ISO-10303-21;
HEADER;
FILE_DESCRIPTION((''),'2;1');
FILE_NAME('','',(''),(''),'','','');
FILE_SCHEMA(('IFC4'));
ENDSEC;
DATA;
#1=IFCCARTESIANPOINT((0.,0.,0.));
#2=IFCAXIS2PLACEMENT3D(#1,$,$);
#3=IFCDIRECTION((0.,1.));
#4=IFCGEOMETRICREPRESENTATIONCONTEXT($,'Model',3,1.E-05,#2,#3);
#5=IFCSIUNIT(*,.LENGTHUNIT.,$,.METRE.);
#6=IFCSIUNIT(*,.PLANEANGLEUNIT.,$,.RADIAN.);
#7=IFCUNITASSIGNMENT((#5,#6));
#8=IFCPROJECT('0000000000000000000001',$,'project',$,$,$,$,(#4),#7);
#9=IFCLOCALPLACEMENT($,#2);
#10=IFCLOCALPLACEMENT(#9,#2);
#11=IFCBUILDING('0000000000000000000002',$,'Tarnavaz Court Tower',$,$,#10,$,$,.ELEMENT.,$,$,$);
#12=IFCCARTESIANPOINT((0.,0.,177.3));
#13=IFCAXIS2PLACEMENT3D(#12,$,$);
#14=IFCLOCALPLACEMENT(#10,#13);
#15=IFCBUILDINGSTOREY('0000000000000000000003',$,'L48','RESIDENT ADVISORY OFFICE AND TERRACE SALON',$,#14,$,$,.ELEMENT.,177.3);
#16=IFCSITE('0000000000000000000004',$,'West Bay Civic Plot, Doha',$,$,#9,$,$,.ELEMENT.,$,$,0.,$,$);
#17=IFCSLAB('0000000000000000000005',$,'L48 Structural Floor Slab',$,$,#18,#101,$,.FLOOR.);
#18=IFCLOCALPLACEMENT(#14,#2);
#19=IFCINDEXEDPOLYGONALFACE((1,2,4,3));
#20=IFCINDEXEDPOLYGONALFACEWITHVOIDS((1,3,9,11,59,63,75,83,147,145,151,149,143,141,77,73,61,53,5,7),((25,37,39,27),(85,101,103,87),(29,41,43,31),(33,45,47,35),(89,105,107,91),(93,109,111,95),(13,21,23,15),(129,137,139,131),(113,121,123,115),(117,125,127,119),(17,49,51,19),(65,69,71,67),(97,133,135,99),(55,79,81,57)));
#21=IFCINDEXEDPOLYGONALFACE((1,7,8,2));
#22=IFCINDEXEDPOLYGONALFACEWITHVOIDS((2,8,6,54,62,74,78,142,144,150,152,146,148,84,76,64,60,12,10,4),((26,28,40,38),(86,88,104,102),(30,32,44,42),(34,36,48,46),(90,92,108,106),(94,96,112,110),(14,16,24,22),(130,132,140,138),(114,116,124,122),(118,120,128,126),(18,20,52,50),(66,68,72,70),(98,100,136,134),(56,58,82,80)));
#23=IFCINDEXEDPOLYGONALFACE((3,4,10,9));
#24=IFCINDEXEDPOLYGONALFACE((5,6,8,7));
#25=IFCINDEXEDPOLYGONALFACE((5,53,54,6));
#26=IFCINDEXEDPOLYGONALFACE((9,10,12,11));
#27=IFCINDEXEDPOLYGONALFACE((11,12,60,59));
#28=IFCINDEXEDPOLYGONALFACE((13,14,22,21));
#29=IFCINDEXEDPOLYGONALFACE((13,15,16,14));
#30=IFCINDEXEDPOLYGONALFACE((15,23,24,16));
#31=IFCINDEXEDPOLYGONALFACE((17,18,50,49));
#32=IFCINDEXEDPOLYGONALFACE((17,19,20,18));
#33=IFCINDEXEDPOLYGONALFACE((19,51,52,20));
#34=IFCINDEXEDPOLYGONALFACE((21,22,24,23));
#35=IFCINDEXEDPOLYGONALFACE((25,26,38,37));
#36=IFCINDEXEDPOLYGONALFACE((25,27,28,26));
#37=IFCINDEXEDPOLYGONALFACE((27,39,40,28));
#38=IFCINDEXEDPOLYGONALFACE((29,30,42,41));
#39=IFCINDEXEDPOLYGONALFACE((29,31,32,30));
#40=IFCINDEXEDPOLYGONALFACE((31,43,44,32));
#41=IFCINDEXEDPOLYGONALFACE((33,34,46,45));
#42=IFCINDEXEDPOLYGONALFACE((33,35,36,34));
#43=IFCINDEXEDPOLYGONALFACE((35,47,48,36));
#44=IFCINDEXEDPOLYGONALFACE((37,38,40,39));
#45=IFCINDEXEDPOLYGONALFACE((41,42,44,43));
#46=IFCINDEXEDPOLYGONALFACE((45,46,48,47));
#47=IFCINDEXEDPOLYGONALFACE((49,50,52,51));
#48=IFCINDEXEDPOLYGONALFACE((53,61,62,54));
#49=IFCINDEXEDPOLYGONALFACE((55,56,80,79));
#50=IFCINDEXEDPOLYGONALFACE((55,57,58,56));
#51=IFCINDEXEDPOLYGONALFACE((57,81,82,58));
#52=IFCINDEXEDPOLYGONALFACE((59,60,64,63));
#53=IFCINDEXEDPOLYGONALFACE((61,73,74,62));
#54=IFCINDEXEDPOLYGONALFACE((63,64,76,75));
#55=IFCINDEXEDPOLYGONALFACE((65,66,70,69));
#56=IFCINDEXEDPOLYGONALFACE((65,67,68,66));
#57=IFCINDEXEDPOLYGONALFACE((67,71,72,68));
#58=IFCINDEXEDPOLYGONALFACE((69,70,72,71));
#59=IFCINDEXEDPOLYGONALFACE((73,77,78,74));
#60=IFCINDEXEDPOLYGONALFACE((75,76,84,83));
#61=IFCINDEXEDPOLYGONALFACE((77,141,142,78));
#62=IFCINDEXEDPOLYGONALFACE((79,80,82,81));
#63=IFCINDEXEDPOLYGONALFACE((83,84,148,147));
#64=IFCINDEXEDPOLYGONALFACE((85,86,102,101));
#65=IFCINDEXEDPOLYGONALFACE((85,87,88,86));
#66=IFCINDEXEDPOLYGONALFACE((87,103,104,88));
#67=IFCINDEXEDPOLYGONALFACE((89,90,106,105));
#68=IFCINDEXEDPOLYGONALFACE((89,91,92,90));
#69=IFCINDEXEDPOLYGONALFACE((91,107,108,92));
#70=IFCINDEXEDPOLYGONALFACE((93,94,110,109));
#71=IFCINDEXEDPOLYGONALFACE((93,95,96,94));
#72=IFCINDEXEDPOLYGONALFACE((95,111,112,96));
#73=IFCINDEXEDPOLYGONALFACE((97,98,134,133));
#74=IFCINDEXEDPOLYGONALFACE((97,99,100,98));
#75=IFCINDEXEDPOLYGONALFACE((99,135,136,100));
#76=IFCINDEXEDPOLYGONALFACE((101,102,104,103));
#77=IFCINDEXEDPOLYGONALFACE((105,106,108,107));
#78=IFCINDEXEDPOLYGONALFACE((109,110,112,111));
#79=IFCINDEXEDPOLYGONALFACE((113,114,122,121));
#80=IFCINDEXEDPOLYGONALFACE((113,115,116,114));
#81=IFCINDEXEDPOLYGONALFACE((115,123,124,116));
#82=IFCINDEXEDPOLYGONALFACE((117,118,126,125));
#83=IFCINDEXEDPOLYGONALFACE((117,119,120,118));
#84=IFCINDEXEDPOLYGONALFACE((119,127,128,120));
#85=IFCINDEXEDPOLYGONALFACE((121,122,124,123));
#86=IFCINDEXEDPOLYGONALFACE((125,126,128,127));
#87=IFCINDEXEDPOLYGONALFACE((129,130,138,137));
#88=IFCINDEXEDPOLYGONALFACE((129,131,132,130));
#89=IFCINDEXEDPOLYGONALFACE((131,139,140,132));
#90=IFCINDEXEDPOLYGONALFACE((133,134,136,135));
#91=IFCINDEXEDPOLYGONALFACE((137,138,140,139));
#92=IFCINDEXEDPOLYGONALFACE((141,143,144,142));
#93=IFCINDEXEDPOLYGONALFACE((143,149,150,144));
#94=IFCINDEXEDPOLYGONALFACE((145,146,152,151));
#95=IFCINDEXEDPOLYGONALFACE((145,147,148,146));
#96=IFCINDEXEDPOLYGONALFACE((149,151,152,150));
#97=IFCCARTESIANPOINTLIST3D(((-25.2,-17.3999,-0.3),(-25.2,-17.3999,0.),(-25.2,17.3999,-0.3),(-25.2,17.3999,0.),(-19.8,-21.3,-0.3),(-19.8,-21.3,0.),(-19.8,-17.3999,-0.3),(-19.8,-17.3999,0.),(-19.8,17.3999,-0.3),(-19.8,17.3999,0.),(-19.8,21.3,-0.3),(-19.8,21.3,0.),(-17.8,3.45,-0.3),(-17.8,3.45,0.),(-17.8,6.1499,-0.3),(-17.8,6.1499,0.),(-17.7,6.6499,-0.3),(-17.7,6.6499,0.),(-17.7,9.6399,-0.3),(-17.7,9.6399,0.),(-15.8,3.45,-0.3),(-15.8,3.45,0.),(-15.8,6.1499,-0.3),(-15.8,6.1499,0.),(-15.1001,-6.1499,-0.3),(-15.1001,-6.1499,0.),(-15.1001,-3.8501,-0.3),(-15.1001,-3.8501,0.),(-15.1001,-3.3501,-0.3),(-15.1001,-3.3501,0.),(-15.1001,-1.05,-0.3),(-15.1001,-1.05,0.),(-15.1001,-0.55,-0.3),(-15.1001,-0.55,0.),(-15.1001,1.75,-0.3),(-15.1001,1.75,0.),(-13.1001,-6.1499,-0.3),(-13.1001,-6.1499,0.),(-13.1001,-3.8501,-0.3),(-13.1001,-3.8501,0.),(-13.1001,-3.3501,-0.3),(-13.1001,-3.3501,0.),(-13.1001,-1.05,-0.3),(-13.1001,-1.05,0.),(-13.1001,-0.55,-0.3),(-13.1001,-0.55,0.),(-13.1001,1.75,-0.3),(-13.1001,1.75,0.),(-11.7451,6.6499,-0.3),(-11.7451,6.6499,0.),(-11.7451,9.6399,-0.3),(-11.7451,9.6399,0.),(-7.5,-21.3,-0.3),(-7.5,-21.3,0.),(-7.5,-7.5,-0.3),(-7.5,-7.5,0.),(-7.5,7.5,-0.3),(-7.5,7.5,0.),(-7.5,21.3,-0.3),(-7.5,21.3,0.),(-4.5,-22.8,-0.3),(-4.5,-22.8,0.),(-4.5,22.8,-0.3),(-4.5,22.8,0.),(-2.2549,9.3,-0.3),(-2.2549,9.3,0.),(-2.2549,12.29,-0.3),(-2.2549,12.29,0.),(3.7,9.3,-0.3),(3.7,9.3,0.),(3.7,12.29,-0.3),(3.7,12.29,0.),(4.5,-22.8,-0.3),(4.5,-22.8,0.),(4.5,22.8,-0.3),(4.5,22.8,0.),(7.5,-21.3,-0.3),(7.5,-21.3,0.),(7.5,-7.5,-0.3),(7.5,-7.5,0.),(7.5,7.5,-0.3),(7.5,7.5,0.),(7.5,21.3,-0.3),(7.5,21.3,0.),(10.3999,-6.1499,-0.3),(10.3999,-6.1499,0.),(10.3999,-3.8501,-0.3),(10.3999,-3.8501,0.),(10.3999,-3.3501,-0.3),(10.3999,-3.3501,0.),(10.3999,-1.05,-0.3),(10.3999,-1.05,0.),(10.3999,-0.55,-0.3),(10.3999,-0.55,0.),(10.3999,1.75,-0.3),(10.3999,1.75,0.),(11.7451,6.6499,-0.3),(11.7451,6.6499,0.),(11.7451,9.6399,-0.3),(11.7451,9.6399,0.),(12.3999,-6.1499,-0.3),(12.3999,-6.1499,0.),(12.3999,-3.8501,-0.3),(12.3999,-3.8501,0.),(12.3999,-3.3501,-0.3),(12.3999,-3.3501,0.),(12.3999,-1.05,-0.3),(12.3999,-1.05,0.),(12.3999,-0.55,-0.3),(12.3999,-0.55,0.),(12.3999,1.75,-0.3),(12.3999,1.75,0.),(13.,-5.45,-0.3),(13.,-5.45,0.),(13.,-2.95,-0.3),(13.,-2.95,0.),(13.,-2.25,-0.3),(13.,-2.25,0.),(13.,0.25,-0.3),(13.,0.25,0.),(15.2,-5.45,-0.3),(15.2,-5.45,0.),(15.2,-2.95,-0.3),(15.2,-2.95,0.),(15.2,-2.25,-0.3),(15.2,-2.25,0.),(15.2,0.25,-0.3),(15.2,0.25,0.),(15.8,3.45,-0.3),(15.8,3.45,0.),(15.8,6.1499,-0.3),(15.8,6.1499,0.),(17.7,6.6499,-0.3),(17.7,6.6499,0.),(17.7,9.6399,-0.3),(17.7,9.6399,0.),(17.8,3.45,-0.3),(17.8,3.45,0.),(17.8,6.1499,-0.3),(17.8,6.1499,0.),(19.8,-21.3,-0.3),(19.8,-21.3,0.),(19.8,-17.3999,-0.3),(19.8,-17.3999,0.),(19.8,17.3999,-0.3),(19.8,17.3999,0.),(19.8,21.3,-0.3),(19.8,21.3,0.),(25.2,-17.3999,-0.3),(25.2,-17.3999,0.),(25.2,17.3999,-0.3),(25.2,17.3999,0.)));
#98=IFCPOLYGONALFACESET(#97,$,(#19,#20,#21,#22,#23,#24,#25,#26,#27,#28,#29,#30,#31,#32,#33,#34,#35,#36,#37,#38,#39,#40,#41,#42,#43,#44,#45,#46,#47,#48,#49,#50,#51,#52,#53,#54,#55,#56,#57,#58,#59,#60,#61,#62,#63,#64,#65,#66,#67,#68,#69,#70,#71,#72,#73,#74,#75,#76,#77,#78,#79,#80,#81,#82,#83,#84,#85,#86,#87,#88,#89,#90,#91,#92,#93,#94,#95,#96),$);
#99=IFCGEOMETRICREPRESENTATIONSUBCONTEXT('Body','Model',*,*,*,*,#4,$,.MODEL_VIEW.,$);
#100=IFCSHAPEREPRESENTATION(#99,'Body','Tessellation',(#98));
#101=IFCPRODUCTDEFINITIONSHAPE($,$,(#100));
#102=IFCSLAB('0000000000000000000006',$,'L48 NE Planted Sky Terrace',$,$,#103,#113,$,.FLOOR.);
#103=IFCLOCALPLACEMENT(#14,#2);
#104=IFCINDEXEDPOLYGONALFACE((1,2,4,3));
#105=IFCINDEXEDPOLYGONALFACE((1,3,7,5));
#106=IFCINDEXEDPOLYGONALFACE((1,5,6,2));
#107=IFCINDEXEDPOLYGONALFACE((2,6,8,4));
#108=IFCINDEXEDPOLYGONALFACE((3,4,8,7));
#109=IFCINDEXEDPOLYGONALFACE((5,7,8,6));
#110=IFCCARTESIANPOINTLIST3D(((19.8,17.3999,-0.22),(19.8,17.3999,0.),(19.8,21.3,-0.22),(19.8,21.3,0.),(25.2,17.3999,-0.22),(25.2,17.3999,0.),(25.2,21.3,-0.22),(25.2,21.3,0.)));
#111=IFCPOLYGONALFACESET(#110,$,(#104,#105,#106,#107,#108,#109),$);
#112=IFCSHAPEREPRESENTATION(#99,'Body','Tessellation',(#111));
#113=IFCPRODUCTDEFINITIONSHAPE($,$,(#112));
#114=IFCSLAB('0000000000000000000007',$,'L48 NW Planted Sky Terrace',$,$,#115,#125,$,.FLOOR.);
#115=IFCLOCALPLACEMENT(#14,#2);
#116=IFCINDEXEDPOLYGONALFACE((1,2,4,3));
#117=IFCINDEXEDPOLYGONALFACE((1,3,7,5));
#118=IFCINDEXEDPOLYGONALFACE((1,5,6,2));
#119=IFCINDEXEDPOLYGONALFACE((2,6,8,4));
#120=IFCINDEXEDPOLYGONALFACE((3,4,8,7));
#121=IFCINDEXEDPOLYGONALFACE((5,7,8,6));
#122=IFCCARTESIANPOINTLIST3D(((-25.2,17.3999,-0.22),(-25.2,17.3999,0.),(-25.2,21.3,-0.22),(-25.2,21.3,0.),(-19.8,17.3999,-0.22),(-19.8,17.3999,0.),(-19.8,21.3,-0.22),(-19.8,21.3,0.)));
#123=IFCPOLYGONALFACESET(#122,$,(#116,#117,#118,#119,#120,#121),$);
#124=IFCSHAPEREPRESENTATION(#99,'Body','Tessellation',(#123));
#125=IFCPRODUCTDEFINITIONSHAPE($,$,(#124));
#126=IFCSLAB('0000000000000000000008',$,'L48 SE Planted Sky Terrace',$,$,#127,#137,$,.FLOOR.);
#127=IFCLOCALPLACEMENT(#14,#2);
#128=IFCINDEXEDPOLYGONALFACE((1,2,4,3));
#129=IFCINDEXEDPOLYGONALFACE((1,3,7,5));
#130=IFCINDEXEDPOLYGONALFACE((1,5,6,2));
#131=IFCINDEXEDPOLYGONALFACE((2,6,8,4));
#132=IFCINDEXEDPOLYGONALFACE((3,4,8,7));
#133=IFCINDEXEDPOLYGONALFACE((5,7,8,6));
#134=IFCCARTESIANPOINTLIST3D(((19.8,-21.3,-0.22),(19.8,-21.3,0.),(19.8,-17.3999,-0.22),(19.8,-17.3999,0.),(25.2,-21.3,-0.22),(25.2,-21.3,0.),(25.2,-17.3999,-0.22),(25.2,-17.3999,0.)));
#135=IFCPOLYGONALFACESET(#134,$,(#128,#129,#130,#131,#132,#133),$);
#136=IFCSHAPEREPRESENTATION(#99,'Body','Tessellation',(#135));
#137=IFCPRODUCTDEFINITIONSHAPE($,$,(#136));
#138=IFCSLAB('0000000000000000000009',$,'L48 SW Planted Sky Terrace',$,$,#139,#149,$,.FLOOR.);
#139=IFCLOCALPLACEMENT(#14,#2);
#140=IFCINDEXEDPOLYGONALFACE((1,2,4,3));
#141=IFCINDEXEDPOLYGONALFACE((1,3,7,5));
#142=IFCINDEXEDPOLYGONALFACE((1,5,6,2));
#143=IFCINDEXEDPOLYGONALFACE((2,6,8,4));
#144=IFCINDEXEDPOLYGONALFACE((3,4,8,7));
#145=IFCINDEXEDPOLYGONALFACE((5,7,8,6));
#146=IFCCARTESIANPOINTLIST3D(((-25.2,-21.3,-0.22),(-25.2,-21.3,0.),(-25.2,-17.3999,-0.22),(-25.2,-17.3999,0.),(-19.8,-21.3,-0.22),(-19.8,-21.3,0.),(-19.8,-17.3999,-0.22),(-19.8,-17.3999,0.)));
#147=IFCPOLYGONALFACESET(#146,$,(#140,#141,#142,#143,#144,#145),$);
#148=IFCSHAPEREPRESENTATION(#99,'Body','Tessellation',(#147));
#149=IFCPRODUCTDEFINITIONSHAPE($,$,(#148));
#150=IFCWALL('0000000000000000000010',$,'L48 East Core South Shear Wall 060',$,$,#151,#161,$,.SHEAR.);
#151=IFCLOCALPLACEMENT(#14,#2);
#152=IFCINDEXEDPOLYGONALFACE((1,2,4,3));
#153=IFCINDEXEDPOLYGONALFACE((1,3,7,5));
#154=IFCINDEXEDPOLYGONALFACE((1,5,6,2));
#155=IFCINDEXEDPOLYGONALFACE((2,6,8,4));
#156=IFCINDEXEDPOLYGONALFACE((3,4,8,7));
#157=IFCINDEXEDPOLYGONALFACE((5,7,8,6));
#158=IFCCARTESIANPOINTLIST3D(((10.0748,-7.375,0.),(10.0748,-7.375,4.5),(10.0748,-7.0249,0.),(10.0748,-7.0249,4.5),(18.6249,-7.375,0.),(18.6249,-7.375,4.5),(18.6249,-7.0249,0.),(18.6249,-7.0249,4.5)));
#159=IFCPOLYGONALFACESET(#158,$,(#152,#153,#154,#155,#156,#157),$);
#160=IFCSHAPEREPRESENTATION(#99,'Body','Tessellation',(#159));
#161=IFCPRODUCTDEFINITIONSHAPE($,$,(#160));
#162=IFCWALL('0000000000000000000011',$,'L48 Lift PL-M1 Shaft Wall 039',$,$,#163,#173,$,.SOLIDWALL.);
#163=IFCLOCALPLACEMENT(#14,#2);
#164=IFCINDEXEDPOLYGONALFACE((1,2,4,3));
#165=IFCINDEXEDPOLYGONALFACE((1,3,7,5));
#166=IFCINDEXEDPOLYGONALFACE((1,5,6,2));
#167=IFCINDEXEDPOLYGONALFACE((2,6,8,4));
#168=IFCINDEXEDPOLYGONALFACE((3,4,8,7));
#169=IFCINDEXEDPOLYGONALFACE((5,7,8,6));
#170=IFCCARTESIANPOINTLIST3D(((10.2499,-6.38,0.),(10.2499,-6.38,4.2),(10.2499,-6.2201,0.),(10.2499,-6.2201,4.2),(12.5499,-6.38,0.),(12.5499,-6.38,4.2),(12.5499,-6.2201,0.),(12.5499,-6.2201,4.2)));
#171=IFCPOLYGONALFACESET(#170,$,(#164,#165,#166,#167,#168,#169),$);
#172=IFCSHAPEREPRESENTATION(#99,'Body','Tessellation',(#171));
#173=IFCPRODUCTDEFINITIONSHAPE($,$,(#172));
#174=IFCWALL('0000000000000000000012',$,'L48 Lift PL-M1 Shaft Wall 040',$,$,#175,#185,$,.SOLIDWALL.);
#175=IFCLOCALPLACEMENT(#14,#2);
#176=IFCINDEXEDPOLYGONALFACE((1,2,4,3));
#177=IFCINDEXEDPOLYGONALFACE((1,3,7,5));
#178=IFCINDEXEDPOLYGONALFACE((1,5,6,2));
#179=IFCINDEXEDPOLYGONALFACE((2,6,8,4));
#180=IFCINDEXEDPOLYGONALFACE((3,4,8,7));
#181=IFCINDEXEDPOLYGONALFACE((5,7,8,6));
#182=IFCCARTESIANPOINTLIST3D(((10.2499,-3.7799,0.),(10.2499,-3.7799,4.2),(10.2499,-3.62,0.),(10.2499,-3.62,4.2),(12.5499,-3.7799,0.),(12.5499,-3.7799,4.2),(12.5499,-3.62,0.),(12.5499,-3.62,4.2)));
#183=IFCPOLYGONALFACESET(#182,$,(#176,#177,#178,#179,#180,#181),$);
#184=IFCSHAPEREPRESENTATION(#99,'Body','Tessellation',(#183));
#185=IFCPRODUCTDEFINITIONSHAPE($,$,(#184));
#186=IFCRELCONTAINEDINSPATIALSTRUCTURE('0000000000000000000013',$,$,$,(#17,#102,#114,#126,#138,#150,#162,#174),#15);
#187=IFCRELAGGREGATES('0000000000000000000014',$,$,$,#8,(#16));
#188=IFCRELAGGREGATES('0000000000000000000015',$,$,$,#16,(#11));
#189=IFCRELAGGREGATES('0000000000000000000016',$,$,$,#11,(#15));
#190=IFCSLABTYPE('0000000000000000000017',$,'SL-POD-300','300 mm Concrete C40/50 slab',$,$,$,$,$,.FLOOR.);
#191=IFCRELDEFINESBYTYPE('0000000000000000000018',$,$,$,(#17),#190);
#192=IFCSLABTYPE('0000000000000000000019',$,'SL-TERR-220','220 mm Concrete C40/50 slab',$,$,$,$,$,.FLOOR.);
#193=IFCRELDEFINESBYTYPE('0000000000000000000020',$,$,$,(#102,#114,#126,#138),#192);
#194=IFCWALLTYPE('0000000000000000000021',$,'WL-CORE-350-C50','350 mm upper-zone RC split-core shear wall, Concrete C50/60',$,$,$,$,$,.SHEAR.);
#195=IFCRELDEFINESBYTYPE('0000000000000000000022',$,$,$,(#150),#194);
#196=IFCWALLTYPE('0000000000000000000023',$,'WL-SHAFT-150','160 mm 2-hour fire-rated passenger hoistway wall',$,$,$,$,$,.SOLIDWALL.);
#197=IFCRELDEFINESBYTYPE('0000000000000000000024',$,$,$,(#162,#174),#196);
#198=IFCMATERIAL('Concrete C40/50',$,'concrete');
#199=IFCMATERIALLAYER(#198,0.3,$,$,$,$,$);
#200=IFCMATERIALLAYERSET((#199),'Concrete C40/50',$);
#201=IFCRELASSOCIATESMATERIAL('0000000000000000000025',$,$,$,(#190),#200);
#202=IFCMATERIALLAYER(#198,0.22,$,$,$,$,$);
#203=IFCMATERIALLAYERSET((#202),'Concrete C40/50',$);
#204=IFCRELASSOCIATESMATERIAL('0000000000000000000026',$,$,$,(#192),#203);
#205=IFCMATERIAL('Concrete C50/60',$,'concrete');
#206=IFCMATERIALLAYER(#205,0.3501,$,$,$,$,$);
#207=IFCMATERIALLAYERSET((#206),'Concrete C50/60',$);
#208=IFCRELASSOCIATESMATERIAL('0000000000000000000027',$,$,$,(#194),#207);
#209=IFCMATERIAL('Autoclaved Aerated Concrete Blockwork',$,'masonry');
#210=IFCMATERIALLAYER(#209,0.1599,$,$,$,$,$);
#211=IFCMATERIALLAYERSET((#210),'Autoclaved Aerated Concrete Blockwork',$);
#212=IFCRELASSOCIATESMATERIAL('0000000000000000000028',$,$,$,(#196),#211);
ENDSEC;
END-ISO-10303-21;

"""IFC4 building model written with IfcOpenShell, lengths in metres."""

from ifc_helpers import new_model, si_unit, direction, frame, frame_2d, origin, place, context, subcontext, project, spatial, polyline, rectangle, outline, extrude, material, layer, layer_set, type_object, element, save


model = new_model("IFC4")

# Units and contexts
model_context = context("Model", 3, precision=1e-05, world=origin(), true_north=direction((0.0, 1.0)))
body_context = subcontext(model_context, "Body", "Model", "MODEL_VIEW")
ifc_project = project(units=[si_unit("LENGTHUNIT", "METRE"), si_unit("PLANEANGLEUNIT", "RADIAN")], contexts=[model_context])

# Site, building, storey
site_placement = place(None, origin())
site = spatial("IfcSite", under=ifc_project, at=site_placement, Name="West Bay Civic Plot, Doha", CompositionType="ELEMENT", RefElevation=0.0)
building_placement = place(site_placement, origin())
building = spatial("IfcBuilding", under=site, at=building_placement, Name="Tarnavaz Court Tower", CompositionType="ELEMENT")
storey_placement = place(building_placement, frame((0.0, 0.0, 177.3)))
storey = spatial("IfcBuildingStorey", under=building, at=storey_placement, Name="L48", Description="RESIDENT ADVISORY OFFICE AND TERRACE SALON", CompositionType="ELEMENT", Elevation=177.3)

# Shared definitions
ifc_material_1 = material(Name="Concrete C40/50", Category="concrete")

# Slabs
ifc_layer_1 = layer(ifc_material_1, 0.3)
ifc_layer_set_1 = layer_set([ifc_layer_1], Name="Concrete C40/50")
slab_type_1 = type_object("IfcSlabType", Name="SL-POD-300", Description="300 mm Concrete C40/50 slab", PredefinedType="FLOOR", material=ifc_layer_set_1)
slab_1_placement = place(storey_placement, frame((0.0, 0.0, -0.3)))
element("IfcSlab", 1, at=slab_1_placement, inside=storey, type_object=slab_type_1, Name="L48 Structural Floor Slab", PredefinedType="FLOOR", context=body_context, shape_type="SweptSolid", body=[
    extrude(outline(polyline([(-19.8, -21.3), (-7.5, -21.3), (-4.5, -22.8), (4.5, -22.8), (7.5, -21.3), (19.8, -21.3), (19.8, -17.3999), (25.2, -17.3999), (25.2, 17.3999), (19.8, 17.3999), (19.8, 21.3), (7.5, 21.3), (4.5, 22.8), (-4.5, 22.8), (-7.5, 21.3), (-19.8, 21.3), (-19.8, 17.3999), (-25.2, 17.3999), (-25.2, -17.3999), (-19.8, -17.3999), (-19.8, -21.3)]), holes=[polyline([(-7.5, -7.5), (7.5, -7.5), (7.5, 7.5), (-7.5, 7.5), (-7.5, -7.5)]), polyline([(-11.7451, 9.6399), (-17.7, 9.6399), (-17.7, 6.6499), (-11.7451, 6.6499), (-11.7451, 9.6399)]), polyline([(11.7451, 6.6499), (17.7, 6.6499), (17.7, 9.6399), (11.7451, 9.6399), (11.7451, 6.6499)]), polyline([(-2.2549, 9.3), (3.7, 9.3), (3.7, 12.29), (-2.2549, 12.29), (-2.2549, 9.3)]), polyline([(-17.8, 3.45), (-15.8, 3.45), (-15.8, 6.1499), (-17.8, 6.1499), (-17.8, 3.45)]), polyline([(-15.1001, -6.1499), (-13.1001, -6.1499), (-13.1001, -3.8501), (-15.1001, -3.8501), (-15.1001, -6.1499)]), polyline([(-15.1001, -3.3501), (-13.1001, -3.3501), (-13.1001, -1.05), (-15.1001, -1.05), (-15.1001, -3.3501)]), polyline([(-15.1001, -0.55), (-13.1001, -0.55), (-13.1001, 1.75), (-15.1001, 1.75), (-15.1001, -0.55)]), polyline([(15.8, 3.45), (17.8, 3.45), (17.8, 6.1499), (15.8, 6.1499), (15.8, 3.45)]), polyline([(10.3999, -6.1499), (12.3999, -6.1499), (12.3999, -3.8501), (10.3999, -3.8501), (10.3999, -6.1499)]), polyline([(10.3999, -3.3501), (12.3999, -3.3501), (12.3999, -1.05), (10.3999, -1.05), (10.3999, -3.3501)]), polyline([(10.3999, -0.55), (12.3999, -0.55), (12.3999, 1.75), (10.3999, 1.75), (10.3999, -0.55)]), polyline([(13.0, -5.45), (15.2, -5.45), (15.2, -2.95), (13.0, -2.95), (13.0, -5.45)]), polyline([(13.0, -2.25), (15.2, -2.25), (15.2, 0.25), (13.0, 0.25), (13.0, -2.25)])]), origin(), (0.0, 0.0, 1.0), 0.3),
])
ifc_layer_2 = layer(ifc_material_1, 0.22)
ifc_layer_set_2 = layer_set([ifc_layer_2], Name="Concrete C40/50")
slab_type_2 = type_object("IfcSlabType", Name="SL-TERR-220", Description="220 mm Concrete C40/50 slab", PredefinedType="FLOOR", material=ifc_layer_set_2)
slab_2_placement = place(storey_placement, frame((0.0, 0.0, -0.22)))
element("IfcSlab", 2, at=slab_2_placement, inside=storey, type_object=slab_type_2, Name="L48 NE Planted Sky Terrace", PredefinedType="FLOOR", context=body_context, shape_type="SweptSolid", body=[
    extrude(outline(polyline([(19.8, 17.3999), (25.2, 17.3999), (25.2, 21.3), (19.8, 21.3), (19.8, 17.3999)])), origin(), (0.0, 0.0, 1.0), 0.22),
])
slab_3_placement = place(storey_placement, frame((0.0, 0.0, -0.22)))
element("IfcSlab", 3, at=slab_3_placement, inside=storey, type_object=slab_type_2, Name="L48 NW Planted Sky Terrace", PredefinedType="FLOOR", context=body_context, shape_type="SweptSolid", body=[
    extrude(outline(polyline([(-25.2, 17.3999), (-19.8, 17.3999), (-19.8, 21.3), (-25.2, 21.3), (-25.2, 17.3999)])), origin(), (0.0, 0.0, 1.0), 0.22),
])
slab_4_placement = place(storey_placement, frame((0.0, 0.0, -0.22)))
element("IfcSlab", 4, at=slab_4_placement, inside=storey, type_object=slab_type_2, Name="L48 SE Planted Sky Terrace", PredefinedType="FLOOR", context=body_context, shape_type="SweptSolid", body=[
    extrude(outline(polyline([(19.8, -21.3), (25.2, -21.3), (25.2, -17.3999), (19.8, -17.3999), (19.8, -21.3)])), origin(), (0.0, 0.0, 1.0), 0.22),
])
slab_5_placement = place(storey_placement, frame((0.0, 0.0, -0.22)))
element("IfcSlab", 5, at=slab_5_placement, inside=storey, type_object=slab_type_2, Name="L48 SW Planted Sky Terrace", PredefinedType="FLOOR", context=body_context, shape_type="SweptSolid", body=[
    extrude(outline(polyline([(-25.2, -21.3), (-19.8, -21.3), (-19.8, -17.3999), (-25.2, -17.3999), (-25.2, -21.3)])), origin(), (0.0, 0.0, 1.0), 0.22),
])

# Wall
ifc_material_2 = material(Name="Concrete C50/60", Category="concrete")
ifc_layer_3 = layer(ifc_material_2, 0.3501)
ifc_layer_set_3 = layer_set([ifc_layer_3], Name="Concrete C50/60")
wall_type_1 = type_object("IfcWallType", Name="WL-CORE-350-C50", Description="350 mm upper-zone RC split-core shear wall, Concrete C50/60", PredefinedType="SHEAR", material=ifc_layer_set_3)
wall_1_placement = place(storey_placement, frame((10.075, -7.2, 0.0), z_axis=(0.0, 0.0, 1.0), x_axis=(1.0, 0.0, 0.0)))
element("IfcWall", 6, at=wall_1_placement, inside=storey, type_object=wall_type_1, Name="L48 East Core South Shear Wall 060", PredefinedType="SHEAR", context=body_context, shape_type="SweptSolid", body=[
    extrude(rectangle(XDim=8.55, YDim=0.3501, at=frame_2d((4.2749, 0.0))), origin(), (0.0, 0.0, 1.0), 4.5),
])

# Shared definitions
ifc_material_3 = material(Name="Autoclaved Aerated Concrete Blockwork", Category="masonry")
ifc_layer_4 = layer(ifc_material_3, 0.1599)
ifc_layer_set_4 = layer_set([ifc_layer_4], Name="Autoclaved Aerated Concrete Blockwork")
wall_type_2 = type_object("IfcWallType", Name="WL-SHAFT-150", Description="160 mm 2-hour fire-rated passenger hoistway wall", PredefinedType="SOLIDWALL", material=ifc_layer_set_4)

# Walls
for number, where, z_axis, x_axis, name in (
    (7, (10.25, -6.3, 0.0), (0.0, 0.0, 1.0), (1.0, 0.0, 0.0), "L48 Lift PL-M1 Shaft Wall 039"),
    (8, (10.25, -3.7, 0.0), (0.0, 0.0, 1.0), (1.0, 0.0, 0.0), "L48 Lift PL-M1 Shaft Wall 040"),
):
    element("IfcWall", number, at=place(storey_placement, frame(where, z_axis=z_axis, x_axis=x_axis)), inside=storey, type_object=wall_type_2, Name=name, PredefinedType="SOLIDWALL", context=body_context, shape_type="SweptSolid", body=[
        extrude(rectangle(XDim=2.3, YDim=0.1599, at=frame_2d((1.1499, 0.0))), origin(), (0.0, 0.0, 1.0), 4.2),
    ])

save(model, "model.ifc")
